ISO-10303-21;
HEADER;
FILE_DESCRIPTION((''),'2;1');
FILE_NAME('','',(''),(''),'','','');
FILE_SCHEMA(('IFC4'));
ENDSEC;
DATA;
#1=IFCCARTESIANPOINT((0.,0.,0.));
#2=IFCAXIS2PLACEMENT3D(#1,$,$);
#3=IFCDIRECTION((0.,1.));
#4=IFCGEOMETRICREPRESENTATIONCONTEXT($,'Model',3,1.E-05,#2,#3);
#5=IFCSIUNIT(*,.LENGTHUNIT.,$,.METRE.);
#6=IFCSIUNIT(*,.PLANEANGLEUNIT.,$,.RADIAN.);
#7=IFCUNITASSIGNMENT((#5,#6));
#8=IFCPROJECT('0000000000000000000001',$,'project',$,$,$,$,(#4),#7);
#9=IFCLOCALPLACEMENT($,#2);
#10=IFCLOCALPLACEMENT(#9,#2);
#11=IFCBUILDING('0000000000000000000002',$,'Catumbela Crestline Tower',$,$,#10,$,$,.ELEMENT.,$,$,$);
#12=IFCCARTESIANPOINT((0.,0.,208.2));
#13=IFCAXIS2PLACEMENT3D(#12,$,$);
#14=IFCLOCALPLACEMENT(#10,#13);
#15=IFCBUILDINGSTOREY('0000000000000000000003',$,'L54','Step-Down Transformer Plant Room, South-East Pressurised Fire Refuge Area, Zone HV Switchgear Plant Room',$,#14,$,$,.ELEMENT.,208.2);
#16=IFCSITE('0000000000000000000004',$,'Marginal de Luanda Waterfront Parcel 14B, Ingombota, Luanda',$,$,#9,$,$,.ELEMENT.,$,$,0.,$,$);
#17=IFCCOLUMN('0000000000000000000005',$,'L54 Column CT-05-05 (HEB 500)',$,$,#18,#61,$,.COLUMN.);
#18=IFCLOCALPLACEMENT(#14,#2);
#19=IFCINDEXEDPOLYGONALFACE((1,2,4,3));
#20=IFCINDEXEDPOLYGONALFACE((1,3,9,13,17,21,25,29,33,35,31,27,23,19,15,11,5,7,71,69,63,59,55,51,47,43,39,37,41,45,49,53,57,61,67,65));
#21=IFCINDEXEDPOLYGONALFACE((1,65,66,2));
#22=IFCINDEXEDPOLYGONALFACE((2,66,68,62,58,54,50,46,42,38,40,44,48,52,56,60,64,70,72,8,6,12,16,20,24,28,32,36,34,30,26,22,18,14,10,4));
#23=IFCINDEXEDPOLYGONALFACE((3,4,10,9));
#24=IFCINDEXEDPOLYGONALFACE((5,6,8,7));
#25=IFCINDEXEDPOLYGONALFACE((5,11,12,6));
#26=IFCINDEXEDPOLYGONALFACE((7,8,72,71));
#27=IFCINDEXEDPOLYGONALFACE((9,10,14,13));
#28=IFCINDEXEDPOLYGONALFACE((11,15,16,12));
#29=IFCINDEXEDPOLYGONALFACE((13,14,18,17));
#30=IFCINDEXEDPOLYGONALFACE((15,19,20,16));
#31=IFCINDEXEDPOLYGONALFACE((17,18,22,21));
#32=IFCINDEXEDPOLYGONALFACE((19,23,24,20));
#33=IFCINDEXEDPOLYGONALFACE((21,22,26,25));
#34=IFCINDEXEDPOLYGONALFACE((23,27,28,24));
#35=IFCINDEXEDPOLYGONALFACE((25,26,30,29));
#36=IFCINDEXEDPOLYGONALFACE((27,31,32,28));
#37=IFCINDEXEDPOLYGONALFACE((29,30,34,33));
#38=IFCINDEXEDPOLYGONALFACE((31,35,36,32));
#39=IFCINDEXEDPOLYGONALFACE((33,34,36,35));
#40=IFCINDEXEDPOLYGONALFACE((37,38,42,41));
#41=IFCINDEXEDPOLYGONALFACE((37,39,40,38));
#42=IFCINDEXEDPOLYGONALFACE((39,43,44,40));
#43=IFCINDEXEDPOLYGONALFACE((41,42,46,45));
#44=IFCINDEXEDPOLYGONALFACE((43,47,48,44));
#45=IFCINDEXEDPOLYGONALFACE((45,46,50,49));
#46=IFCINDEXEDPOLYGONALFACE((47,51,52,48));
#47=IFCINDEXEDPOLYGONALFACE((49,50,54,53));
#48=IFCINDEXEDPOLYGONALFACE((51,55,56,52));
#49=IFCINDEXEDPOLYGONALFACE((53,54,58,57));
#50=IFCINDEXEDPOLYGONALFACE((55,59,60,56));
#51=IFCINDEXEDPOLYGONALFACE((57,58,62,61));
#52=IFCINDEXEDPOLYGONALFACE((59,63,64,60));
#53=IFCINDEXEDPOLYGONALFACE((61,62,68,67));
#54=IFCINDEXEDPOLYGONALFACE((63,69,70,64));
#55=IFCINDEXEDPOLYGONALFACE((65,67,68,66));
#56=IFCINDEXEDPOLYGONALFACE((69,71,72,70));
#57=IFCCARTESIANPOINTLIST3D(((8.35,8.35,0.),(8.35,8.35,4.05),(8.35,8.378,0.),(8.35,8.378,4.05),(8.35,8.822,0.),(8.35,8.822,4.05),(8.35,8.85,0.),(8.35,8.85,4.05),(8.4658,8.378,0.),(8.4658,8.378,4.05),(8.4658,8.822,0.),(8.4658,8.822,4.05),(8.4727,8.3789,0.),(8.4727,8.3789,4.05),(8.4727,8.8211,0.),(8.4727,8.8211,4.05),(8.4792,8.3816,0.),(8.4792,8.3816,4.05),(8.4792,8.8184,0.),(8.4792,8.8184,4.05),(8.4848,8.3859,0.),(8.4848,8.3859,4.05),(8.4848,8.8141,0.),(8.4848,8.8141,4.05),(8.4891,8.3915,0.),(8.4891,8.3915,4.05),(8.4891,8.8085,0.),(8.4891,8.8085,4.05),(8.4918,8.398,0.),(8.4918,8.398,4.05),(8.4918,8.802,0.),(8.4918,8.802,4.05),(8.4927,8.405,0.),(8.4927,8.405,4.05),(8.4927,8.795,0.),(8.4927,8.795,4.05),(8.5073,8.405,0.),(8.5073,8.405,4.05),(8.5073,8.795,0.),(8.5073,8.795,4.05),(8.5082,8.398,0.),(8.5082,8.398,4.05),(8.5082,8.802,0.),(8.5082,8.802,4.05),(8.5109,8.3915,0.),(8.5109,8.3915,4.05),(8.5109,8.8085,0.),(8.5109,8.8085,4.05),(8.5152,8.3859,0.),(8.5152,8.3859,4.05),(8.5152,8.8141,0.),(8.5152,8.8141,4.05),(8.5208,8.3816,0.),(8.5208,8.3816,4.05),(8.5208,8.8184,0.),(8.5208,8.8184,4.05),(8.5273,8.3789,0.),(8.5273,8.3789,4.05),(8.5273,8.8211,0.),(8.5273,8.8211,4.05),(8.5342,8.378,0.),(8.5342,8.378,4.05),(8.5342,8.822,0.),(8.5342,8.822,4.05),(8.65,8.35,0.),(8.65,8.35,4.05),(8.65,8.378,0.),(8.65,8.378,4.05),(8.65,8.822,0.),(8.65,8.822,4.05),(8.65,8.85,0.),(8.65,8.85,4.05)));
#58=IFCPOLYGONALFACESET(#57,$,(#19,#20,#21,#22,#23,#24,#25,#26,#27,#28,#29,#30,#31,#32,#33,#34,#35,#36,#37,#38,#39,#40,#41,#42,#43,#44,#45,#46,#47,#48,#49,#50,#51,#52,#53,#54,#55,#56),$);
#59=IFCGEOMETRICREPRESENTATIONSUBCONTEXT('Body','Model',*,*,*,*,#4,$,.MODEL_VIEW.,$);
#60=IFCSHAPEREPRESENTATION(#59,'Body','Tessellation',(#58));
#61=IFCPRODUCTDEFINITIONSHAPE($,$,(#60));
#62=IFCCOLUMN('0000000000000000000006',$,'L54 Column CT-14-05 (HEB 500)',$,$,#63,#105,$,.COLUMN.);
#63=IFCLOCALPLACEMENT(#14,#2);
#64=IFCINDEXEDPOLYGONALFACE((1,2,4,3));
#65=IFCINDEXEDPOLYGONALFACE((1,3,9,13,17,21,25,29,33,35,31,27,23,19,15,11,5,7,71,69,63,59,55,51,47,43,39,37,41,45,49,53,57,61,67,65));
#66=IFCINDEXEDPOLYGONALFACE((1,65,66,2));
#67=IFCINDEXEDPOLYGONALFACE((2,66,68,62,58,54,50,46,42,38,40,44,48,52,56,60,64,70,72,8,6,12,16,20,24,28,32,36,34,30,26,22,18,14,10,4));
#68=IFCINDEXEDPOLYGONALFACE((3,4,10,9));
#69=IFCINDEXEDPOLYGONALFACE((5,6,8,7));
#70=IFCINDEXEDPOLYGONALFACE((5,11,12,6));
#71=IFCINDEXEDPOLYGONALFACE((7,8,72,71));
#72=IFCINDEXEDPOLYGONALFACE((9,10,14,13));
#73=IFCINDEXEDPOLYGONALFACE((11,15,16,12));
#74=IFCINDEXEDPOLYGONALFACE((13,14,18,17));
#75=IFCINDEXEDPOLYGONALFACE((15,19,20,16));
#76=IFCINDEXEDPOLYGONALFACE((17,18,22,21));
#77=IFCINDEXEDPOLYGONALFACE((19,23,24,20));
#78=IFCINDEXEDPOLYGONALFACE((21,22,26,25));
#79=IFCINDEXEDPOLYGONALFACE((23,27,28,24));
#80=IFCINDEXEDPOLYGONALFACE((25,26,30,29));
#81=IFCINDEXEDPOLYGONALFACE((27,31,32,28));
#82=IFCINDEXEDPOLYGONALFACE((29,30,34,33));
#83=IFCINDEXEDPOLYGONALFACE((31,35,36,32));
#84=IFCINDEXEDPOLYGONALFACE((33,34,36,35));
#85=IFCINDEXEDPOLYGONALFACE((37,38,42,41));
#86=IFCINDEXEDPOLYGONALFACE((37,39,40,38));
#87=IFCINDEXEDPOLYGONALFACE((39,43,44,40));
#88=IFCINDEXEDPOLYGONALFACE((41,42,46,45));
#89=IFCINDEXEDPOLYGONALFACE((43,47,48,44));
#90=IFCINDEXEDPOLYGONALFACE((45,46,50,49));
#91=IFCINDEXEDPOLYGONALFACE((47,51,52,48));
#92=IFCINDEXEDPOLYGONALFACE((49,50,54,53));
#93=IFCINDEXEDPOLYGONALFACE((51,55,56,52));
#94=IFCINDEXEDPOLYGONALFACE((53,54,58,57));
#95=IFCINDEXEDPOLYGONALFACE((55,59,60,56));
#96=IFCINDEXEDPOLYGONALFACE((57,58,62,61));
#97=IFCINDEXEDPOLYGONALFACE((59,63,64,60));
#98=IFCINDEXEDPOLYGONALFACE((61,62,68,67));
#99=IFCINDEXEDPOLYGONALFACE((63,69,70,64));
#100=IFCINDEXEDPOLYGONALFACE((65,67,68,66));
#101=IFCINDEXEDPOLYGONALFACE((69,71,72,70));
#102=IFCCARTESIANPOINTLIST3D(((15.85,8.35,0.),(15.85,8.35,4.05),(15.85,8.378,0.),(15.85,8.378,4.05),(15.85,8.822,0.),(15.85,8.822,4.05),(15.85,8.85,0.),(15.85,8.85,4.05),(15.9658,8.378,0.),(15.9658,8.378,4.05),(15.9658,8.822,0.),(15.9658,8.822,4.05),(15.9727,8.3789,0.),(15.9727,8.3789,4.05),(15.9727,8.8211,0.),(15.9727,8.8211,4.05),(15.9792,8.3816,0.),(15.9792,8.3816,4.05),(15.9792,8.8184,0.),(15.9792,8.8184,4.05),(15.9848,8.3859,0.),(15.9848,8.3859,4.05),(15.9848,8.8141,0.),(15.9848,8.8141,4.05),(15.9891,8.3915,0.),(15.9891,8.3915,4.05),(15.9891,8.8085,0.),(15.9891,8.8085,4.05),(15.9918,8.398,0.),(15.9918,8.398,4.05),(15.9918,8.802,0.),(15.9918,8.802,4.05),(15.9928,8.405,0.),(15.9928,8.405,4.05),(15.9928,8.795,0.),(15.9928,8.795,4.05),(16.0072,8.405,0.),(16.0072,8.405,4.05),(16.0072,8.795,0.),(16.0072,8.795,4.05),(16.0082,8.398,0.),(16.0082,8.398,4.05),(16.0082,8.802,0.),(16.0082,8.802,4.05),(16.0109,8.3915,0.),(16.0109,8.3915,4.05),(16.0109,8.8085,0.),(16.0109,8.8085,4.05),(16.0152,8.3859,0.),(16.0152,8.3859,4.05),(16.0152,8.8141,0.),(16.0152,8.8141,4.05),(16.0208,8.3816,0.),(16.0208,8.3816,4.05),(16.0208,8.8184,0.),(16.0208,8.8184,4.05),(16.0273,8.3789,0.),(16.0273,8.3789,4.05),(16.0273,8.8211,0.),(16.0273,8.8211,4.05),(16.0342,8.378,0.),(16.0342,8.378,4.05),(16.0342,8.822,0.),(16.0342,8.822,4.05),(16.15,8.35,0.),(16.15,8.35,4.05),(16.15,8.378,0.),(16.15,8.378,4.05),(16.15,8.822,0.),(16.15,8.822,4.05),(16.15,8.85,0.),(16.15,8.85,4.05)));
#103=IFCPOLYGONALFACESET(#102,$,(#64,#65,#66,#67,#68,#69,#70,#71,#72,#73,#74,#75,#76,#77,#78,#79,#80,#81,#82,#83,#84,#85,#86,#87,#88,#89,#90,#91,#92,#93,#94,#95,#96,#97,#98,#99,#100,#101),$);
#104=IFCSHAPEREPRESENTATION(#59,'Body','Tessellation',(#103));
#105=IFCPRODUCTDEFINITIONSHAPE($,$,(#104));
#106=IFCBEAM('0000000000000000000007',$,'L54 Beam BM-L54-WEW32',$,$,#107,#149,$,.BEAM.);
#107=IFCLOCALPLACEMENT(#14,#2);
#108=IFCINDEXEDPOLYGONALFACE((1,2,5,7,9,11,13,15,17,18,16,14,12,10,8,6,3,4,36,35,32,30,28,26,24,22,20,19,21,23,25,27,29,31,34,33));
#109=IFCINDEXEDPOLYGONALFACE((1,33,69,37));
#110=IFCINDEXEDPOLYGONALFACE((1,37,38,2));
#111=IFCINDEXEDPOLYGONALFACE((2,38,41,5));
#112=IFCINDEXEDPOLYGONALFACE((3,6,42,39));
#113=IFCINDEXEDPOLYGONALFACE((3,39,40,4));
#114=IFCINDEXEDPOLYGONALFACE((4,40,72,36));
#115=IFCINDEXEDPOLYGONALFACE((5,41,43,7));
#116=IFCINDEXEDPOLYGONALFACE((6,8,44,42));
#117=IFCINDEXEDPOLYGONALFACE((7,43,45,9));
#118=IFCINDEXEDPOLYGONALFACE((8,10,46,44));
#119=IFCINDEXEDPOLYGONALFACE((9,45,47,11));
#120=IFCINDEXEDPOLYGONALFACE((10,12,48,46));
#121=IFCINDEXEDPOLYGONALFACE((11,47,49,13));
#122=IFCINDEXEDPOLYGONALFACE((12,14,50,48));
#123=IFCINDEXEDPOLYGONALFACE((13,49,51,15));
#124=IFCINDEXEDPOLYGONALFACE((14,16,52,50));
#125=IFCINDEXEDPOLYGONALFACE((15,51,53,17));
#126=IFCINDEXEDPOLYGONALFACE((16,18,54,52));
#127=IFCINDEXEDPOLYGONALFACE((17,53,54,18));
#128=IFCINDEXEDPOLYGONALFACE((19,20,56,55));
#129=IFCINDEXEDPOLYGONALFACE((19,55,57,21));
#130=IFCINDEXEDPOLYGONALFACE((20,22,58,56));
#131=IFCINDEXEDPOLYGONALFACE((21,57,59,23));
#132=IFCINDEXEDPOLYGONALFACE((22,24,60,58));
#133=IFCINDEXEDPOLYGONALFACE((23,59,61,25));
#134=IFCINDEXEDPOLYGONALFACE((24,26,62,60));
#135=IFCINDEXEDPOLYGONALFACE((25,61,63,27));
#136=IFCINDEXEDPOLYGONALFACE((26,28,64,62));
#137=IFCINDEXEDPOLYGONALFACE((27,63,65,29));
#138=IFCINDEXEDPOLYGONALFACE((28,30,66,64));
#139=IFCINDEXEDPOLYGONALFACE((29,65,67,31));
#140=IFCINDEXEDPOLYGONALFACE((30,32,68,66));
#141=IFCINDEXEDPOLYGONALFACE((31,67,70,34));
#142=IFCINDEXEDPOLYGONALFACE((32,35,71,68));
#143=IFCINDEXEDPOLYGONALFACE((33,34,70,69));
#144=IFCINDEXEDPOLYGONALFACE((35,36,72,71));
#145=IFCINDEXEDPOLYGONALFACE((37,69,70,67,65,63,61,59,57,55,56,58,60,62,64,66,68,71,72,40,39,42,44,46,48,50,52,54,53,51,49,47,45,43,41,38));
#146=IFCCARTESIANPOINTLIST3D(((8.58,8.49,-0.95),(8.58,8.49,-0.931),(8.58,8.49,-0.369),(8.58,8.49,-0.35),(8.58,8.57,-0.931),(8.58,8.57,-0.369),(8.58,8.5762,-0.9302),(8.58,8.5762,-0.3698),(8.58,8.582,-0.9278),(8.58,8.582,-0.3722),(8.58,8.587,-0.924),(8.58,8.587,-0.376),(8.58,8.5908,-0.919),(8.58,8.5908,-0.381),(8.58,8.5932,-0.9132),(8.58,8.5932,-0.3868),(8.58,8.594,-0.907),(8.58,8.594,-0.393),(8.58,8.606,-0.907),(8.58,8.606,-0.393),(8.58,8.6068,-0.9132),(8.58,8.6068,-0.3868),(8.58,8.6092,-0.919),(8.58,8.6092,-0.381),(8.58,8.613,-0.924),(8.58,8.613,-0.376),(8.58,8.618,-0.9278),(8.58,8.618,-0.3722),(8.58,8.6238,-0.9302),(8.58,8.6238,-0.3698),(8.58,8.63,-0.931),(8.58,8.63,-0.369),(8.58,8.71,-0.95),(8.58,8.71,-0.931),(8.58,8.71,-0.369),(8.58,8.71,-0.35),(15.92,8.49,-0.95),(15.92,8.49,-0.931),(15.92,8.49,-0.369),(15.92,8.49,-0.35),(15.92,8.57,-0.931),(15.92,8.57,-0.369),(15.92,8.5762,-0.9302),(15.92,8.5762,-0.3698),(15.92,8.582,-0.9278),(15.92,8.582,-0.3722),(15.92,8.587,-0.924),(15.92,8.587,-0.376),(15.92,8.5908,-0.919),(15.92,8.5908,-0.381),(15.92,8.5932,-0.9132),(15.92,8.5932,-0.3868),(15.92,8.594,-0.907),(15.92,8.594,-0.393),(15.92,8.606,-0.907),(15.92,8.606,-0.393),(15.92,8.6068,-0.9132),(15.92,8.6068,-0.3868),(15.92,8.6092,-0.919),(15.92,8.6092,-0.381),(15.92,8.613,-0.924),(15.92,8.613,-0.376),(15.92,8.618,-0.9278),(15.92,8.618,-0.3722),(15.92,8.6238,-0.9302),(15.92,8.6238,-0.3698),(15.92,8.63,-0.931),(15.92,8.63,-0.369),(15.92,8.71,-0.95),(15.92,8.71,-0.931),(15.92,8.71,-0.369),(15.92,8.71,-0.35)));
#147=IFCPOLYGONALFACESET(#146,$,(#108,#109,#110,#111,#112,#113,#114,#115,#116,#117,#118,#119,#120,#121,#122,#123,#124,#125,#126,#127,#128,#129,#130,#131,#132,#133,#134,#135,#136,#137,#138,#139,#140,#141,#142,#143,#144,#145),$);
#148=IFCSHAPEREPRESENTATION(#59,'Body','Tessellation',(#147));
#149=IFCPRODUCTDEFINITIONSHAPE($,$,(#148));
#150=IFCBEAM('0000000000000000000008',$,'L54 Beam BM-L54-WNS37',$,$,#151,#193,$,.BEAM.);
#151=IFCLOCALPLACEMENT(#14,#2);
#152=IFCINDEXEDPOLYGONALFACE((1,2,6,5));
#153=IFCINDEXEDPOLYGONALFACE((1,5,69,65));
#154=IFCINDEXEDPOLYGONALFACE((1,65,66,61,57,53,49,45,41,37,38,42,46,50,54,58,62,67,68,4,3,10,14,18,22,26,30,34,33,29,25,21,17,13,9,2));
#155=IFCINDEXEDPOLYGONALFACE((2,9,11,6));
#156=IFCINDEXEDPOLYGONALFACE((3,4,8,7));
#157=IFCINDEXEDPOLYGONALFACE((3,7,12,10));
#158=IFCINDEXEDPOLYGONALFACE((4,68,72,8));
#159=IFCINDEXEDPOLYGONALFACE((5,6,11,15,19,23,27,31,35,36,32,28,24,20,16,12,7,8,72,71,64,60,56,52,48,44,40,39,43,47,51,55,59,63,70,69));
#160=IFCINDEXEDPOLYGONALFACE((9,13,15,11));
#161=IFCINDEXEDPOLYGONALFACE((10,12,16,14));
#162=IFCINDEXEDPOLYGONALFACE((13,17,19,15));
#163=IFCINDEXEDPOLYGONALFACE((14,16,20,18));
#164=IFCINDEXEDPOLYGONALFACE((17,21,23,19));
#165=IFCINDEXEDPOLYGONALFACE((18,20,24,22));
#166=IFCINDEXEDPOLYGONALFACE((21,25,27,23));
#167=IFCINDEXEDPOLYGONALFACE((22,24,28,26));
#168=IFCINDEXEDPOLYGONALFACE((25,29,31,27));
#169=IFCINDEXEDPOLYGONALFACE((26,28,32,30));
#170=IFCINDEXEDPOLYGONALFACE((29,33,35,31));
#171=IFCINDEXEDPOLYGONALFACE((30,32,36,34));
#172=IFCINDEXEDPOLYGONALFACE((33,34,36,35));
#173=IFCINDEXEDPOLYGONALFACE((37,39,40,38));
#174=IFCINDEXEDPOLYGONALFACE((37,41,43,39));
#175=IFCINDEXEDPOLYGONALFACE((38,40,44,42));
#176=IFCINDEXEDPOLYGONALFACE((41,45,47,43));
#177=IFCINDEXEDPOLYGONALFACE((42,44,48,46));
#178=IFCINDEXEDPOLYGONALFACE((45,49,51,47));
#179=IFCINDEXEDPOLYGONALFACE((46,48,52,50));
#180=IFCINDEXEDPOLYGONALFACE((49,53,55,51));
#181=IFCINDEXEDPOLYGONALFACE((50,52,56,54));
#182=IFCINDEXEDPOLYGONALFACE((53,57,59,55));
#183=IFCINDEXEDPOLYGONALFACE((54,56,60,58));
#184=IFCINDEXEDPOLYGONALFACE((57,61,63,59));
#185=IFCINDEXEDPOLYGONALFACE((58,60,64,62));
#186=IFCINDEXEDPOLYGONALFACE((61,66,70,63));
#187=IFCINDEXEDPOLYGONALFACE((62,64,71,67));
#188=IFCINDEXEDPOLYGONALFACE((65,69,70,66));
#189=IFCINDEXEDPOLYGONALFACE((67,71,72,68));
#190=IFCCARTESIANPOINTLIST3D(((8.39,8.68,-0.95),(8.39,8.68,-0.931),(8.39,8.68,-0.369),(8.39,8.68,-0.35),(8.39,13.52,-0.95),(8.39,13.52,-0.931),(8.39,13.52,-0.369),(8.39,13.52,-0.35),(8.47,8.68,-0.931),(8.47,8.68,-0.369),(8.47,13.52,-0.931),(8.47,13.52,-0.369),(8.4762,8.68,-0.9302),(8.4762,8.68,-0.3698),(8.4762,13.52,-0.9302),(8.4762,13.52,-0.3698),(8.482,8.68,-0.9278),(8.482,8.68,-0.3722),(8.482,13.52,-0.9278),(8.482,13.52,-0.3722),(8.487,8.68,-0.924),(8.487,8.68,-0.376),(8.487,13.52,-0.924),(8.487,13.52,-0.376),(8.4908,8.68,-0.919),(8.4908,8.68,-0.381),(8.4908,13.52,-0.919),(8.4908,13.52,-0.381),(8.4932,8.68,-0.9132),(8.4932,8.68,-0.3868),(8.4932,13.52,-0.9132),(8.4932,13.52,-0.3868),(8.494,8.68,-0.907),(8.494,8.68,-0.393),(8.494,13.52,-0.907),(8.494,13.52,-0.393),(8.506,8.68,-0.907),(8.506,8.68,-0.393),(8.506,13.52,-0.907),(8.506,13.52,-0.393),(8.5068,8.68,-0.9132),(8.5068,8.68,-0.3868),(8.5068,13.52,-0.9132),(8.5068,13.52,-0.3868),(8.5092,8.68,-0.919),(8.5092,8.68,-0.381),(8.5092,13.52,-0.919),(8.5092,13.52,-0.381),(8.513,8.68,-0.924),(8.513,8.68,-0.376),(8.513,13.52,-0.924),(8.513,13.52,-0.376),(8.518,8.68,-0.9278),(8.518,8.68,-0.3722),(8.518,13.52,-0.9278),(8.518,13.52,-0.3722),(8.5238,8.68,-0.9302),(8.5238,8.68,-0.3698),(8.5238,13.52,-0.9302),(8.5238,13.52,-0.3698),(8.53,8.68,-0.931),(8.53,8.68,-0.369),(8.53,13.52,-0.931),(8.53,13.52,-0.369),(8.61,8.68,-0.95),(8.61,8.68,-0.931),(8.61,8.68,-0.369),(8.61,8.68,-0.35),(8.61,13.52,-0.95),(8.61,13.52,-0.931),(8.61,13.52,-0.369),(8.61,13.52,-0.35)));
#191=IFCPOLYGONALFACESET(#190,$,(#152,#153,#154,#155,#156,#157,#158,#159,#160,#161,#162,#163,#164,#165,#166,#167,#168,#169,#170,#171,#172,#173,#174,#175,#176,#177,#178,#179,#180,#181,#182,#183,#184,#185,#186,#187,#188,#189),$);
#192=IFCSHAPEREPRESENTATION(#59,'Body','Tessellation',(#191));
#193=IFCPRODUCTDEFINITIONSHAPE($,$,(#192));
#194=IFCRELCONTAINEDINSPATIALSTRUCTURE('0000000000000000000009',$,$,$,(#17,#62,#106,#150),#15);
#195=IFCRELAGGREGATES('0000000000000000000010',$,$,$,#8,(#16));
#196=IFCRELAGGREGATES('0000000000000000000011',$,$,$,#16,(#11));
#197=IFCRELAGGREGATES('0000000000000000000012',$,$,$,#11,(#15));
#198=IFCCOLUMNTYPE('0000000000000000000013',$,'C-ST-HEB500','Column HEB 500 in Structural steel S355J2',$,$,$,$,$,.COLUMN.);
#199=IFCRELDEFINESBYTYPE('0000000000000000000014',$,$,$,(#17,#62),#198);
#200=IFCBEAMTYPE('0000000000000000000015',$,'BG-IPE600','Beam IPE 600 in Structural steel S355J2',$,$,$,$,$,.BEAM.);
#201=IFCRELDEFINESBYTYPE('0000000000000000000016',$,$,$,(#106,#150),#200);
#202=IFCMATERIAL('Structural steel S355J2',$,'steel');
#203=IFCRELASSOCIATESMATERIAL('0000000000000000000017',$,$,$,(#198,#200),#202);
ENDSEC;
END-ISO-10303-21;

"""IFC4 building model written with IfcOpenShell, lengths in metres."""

from ifc_helpers import new_model, si_unit, direction, frame, origin, origin_2d, place, context, subcontext, project, spatial, i_section, extrude, material, material_profile, profile_set, type_object, element, save


model = new_model("IFC4")

# Units and contexts
model_context = context("Model", 3, precision=1e-05, world=origin(), true_north=direction((0.0, 1.0)))
body_context = subcontext(model_context, "Body", "Model", "MODEL_VIEW")
ifc_project = project(units=[si_unit("LENGTHUNIT", "METRE"), si_unit("PLANEANGLEUNIT", "RADIAN")], contexts=[model_context])

# Site, building, storey
site_placement = place(None, origin())
site = spatial("IfcSite", under=ifc_project, at=site_placement, Name="Marginal de Luanda Waterfront Parcel 14B, Ingombota, Luanda", CompositionType="ELEMENT", RefElevation=0.0)
building_placement = place(site_placement, origin())
building = spatial("IfcBuilding", under=site, at=building_placement, Name="Catumbela Crestline Tower", CompositionType="ELEMENT")
storey_placement = place(building_placement, frame((0.0, 0.0, 208.2)))
storey = spatial("IfcBuildingStorey", under=building, at=storey_placement, Name="L54", Description="Step-Down Transformer Plant Room, South-East Pressurised Fire Refuge Area, Zone HV Switchgear Plant Room", CompositionType="ELEMENT", Elevation=208.2)

# Columns
ifc_material_1 = material(Name="Structural steel S355J2", Category="steel")
ifc_material_profile_1 = material_profile(ifc_material_1, i_section(OverallWidth=0.3, OverallDepth=0.5, WebThickness=0.0145, FlangeThickness=0.028, FilletRadius=0.027, at=origin_2d()), Name="HEB 500")
ifc_profile_set_1 = profile_set([ifc_material_profile_1], Name="Structural steel S355J2")
column_type = type_object("IfcColumnType", Name="C-ST-HEB500", Description="Column HEB 500 in Structural steel S355J2", PredefinedType="COLUMN", material=ifc_profile_set_1)
for number, where, z_axis, x_axis, name in (
    (1, (8.5, 8.6, 0.0), (0.0, 0.0, 1.0), (1.0, 0.0, 0.0), "L54 Column CT-05-05 (HEB 500)"),
    (2, (16.0, 8.6, 0.0), (0.0, 0.0, 1.0), (1.0, 0.0, 0.0), "L54 Column CT-14-05 (HEB 500)"),
):
    element("IfcColumn", number, at=place(storey_placement, frame(where, z_axis=z_axis, x_axis=x_axis)), inside=storey, type_object=column_type, Name=name, PredefinedType="COLUMN", context=body_context, shape_type="SweptSolid", body=[
        extrude(i_section(OverallWidth=0.3, OverallDepth=0.5, WebThickness=0.0145, FlangeThickness=0.028, FilletRadius=0.027, at=origin_2d()), origin(), (0.0, 0.0, 1.0), 4.05),
    ])

# Beams
ifc_material_profile_2 = material_profile(ifc_material_1, i_section(OverallWidth=0.22, OverallDepth=0.6, WebThickness=0.012, FlangeThickness=0.019, FilletRadius=0.024, at=origin_2d()), Name="IPE 600")
ifc_profile_set_2 = profile_set([ifc_material_profile_2], Name="Structural steel S355J2")
beam_type = type_object("IfcBeamType", Name="BG-IPE600", Description="Beam IPE 600 in Structural steel S355J2", PredefinedType="BEAM", material=ifc_profile_set_2)
beam_1_placement = place(storey_placement, frame((8.58, 8.6, -0.65), z_axis=(1.0, 0.0, 0.0), x_axis=(0.0, 1.0, 0.0)))
element("IfcBeam", 3, at=beam_1_placement, inside=storey, type_object=beam_type, Name="L54 Beam BM-L54-WEW32", PredefinedType="BEAM", context=body_context, shape_type="SweptSolid", body=[
    extrude(i_section(OverallWidth=0.22, OverallDepth=0.6, WebThickness=0.012, FlangeThickness=0.019, FilletRadius=0.024, at=origin_2d()), origin(), (0.0, 0.0, 1.0), 7.34),
])
beam_2_placement = place(storey_placement, frame((8.5, 8.68, -0.65), z_axis=(0.0, 1.0, 0.0), x_axis=(-1.0, 0.0, 0.0)))
element("IfcBeam", 4, at=beam_2_placement, inside=storey, type_object=beam_type, Name="L54 Beam BM-L54-WNS37", PredefinedType="BEAM", context=body_context, shape_type="SweptSolid", body=[
    extrude(i_section(OverallWidth=0.22, OverallDepth=0.6, WebThickness=0.012, FlangeThickness=0.019, FilletRadius=0.024, at=origin_2d()), origin(), (0.0, 0.0, 1.0), 4.84),
])

save(model, "model.ifc")
